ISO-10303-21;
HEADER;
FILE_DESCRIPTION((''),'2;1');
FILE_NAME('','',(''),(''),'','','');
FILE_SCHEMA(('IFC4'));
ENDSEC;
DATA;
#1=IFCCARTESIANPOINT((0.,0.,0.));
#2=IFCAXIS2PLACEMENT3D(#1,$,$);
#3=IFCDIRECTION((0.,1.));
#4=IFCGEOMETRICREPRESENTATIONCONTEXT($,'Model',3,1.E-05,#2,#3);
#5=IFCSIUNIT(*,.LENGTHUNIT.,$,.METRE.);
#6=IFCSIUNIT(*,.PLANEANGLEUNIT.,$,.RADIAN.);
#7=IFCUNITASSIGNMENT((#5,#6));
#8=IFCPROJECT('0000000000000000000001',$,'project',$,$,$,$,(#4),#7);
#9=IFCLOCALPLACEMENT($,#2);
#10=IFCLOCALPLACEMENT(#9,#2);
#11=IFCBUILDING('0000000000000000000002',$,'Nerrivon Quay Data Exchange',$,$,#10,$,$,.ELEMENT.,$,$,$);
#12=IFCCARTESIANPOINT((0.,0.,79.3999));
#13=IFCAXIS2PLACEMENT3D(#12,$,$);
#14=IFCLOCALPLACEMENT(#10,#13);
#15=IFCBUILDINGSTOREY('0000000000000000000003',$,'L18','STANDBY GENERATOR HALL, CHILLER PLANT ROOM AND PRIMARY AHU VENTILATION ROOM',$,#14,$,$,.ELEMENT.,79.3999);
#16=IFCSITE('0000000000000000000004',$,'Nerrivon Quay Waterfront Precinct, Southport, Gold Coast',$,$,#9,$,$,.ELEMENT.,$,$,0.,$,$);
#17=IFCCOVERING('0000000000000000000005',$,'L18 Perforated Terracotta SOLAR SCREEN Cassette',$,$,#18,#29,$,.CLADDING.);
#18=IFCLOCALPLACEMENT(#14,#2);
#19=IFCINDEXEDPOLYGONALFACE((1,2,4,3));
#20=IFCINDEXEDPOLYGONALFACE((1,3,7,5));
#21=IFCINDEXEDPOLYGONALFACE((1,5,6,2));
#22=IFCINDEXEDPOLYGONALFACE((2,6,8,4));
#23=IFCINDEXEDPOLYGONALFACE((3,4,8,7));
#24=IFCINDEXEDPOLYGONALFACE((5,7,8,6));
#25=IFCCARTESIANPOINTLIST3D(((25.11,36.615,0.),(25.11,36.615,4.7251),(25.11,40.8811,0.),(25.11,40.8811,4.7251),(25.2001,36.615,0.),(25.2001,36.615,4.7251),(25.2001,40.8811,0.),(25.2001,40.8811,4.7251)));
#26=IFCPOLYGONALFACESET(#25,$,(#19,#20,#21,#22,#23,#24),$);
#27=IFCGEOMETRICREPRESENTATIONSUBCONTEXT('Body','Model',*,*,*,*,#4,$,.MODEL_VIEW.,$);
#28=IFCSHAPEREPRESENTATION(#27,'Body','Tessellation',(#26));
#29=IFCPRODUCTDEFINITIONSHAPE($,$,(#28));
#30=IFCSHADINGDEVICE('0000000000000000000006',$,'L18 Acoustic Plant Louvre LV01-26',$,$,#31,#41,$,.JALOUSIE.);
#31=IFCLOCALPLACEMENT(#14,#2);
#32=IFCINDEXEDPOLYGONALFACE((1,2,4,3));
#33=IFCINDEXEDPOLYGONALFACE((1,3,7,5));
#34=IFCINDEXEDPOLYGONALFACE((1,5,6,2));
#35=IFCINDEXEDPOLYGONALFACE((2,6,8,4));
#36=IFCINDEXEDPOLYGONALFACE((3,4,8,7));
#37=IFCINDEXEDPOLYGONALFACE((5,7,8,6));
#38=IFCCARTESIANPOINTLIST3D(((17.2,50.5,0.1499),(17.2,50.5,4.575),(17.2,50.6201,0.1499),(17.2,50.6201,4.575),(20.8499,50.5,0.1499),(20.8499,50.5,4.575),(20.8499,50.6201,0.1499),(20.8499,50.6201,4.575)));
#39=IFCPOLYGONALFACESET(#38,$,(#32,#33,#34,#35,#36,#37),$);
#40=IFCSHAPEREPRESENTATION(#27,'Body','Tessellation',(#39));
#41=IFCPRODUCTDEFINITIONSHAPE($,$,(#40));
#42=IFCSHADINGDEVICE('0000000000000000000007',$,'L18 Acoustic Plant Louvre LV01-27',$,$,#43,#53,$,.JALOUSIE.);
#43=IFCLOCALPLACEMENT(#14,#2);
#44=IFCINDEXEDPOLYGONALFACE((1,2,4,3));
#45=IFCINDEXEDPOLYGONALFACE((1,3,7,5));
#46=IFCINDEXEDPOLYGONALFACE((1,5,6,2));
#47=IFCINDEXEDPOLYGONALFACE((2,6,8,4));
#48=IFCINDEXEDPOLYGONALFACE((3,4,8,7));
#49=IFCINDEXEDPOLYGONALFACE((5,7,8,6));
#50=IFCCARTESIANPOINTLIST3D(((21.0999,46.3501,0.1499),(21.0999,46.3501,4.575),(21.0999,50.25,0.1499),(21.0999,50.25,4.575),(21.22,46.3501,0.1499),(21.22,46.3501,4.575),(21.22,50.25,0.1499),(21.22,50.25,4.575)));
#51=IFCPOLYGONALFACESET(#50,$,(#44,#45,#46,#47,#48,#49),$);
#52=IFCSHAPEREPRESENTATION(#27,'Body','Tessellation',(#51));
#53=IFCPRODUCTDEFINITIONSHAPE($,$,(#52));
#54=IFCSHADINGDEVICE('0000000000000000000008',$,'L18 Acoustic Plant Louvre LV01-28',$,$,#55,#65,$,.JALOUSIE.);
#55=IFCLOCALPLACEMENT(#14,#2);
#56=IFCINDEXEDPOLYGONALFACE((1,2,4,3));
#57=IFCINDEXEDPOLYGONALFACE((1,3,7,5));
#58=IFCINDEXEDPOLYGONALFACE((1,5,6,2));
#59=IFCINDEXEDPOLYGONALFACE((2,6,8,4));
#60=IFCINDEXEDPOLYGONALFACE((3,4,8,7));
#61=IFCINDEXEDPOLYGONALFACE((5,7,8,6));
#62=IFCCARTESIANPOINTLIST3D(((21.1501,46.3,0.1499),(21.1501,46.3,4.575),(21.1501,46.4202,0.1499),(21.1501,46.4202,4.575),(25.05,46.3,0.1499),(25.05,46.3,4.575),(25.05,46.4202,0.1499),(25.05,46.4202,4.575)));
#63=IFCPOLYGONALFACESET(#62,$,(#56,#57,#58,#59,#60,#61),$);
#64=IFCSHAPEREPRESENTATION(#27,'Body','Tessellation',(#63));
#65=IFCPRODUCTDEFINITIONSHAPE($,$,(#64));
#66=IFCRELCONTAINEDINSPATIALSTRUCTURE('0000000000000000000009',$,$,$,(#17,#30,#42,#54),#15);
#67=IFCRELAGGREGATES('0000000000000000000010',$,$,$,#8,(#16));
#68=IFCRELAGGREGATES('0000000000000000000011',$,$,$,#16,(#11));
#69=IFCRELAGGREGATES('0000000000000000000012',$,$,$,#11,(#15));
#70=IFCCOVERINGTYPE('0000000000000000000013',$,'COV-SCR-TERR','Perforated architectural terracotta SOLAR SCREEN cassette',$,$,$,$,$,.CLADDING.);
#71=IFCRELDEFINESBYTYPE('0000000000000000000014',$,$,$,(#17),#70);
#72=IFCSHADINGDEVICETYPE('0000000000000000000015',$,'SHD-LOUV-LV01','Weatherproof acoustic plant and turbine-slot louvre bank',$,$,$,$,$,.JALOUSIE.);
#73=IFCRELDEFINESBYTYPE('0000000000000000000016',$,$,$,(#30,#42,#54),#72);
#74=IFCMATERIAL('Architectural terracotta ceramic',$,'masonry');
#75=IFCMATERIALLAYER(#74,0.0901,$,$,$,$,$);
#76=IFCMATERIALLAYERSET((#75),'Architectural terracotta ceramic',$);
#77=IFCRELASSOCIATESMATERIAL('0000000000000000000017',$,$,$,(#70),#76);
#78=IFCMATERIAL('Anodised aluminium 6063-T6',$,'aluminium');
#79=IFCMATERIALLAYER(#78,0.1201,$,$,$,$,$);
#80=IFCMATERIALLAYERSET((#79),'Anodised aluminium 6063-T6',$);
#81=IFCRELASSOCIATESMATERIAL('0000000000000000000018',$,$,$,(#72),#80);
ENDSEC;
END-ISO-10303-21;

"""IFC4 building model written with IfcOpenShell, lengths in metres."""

from ifc_helpers import new_model, si_unit, direction, frame, origin, origin_2d, place, context, subcontext, project, spatial, rectangle, extrude, material, layer, layer_set, type_object, element, save


model = new_model("IFC4")

# Units and contexts
model_context = context("Model", 3, precision=1e-05, world=origin(), true_north=direction((0.0, 1.0)))
body_context = subcontext(model_context, "Body", "Model", "MODEL_VIEW")
ifc_project = project(units=[si_unit("LENGTHUNIT", "METRE"), si_unit("PLANEANGLEUNIT", "RADIAN")], contexts=[model_context])

# Site, building, storey
site_placement = place(None, origin())
site = spatial("IfcSite", under=ifc_project, at=site_placement, Name="Nerrivon Quay Waterfront Precinct, Southport, Gold Coast", CompositionType="ELEMENT", RefElevation=0.0)
building_placement = place(site_placement, origin())
building = spatial("IfcBuilding", under=site, at=building_placement, Name="Nerrivon Quay Data Exchange", CompositionType="ELEMENT")
storey_placement = place(building_placement, frame((0.0, 0.0, 79.3999)))
storey = spatial("IfcBuildingStorey", under=building, at=storey_placement, Name="L18", Description="STANDBY GENERATOR HALL, CHILLER PLANT ROOM AND PRIMARY AHU VENTILATION ROOM", CompositionType="ELEMENT", Elevation=79.3999)

# Covering
ifc_material_1 = material(Name="Architectural terracotta ceramic", Category="masonry")
ifc_layer_1 = layer(ifc_material_1, 0.0901)
ifc_layer_set_1 = layer_set([ifc_layer_1], Name="Architectural terracotta ceramic")
covering_type = type_object("IfcCoveringType", Name="COV-SCR-TERR", Description="Perforated architectural terracotta SOLAR SCREEN cassette", PredefinedType="CLADDING", material=ifc_layer_set_1)
covering_1_placement = place(storey_placement, frame((25.155, 38.748, 0.0), z_axis=(0.0, 0.0, 1.0), x_axis=(0.0, -1.0, 0.0)))
element("IfcCovering", 1, at=covering_1_placement, inside=storey, type_object=covering_type, Name="L18 Perforated Terracotta SOLAR SCREEN Cassette", PredefinedType="CLADDING", context=body_context, shape_type="SweptSolid", body=[
    extrude(rectangle(XDim=4.2661, YDim=0.0901, at=origin_2d()), origin(), (0.0, 0.0, 1.0), 4.7251),
])

# Shading devices
ifc_material_2 = material(Name="Anodised aluminium 6063-T6", Category="aluminium")
ifc_layer_2 = layer(ifc_material_2, 0.1201)
ifc_layer_set_2 = layer_set([ifc_layer_2], Name="Anodised aluminium 6063-T6")
shading_device_type = type_object("IfcShadingDeviceType", Name="SHD-LOUV-LV01", Description="Weatherproof acoustic plant and turbine-slot louvre bank", PredefinedType="JALOUSIE", material=ifc_layer_set_2)
shading_device_placement = place(storey_placement, frame((19.0249, 50.5601, 0.1499), z_axis=(0.0, 0.0, 1.0), x_axis=(1.0, 0.0, 0.0)))
element("IfcShadingDevice", 2, at=shading_device_placement, inside=storey, type_object=shading_device_type, Name="L18 Acoustic Plant Louvre LV01-26", PredefinedType="JALOUSIE", context=body_context, shape_type="SweptSolid", body=[
    extrude(rectangle(XDim=3.6499, YDim=0.1201, at=origin_2d()), origin(), (0.0, 0.0, 1.0), 4.425),
])
for number, where, z_axis, x_axis, name in (
    (3, (21.1599, 48.3, 0.1499), (0.0, 0.0, 1.0), (0.0, -1.0, 0.0), "L18 Acoustic Plant Louvre LV01-27"),
    (4, (23.1001, 46.3601, 0.1499), (0.0, 0.0, 1.0), (1.0, 0.0, 0.0), "L18 Acoustic Plant Louvre LV01-28"),
):
    element("IfcShadingDevice", number, at=place(storey_placement, frame(where, z_axis=z_axis, x_axis=x_axis)), inside=storey, type_object=shading_device_type, Name=name, PredefinedType="JALOUSIE", context=body_context, shape_type="SweptSolid", body=[
        extrude(rectangle(XDim=3.8999, YDim=0.1201, at=origin_2d()), origin(), (0.0, 0.0, 1.0), 4.425),
    ])

save(model, "model.ifc")
